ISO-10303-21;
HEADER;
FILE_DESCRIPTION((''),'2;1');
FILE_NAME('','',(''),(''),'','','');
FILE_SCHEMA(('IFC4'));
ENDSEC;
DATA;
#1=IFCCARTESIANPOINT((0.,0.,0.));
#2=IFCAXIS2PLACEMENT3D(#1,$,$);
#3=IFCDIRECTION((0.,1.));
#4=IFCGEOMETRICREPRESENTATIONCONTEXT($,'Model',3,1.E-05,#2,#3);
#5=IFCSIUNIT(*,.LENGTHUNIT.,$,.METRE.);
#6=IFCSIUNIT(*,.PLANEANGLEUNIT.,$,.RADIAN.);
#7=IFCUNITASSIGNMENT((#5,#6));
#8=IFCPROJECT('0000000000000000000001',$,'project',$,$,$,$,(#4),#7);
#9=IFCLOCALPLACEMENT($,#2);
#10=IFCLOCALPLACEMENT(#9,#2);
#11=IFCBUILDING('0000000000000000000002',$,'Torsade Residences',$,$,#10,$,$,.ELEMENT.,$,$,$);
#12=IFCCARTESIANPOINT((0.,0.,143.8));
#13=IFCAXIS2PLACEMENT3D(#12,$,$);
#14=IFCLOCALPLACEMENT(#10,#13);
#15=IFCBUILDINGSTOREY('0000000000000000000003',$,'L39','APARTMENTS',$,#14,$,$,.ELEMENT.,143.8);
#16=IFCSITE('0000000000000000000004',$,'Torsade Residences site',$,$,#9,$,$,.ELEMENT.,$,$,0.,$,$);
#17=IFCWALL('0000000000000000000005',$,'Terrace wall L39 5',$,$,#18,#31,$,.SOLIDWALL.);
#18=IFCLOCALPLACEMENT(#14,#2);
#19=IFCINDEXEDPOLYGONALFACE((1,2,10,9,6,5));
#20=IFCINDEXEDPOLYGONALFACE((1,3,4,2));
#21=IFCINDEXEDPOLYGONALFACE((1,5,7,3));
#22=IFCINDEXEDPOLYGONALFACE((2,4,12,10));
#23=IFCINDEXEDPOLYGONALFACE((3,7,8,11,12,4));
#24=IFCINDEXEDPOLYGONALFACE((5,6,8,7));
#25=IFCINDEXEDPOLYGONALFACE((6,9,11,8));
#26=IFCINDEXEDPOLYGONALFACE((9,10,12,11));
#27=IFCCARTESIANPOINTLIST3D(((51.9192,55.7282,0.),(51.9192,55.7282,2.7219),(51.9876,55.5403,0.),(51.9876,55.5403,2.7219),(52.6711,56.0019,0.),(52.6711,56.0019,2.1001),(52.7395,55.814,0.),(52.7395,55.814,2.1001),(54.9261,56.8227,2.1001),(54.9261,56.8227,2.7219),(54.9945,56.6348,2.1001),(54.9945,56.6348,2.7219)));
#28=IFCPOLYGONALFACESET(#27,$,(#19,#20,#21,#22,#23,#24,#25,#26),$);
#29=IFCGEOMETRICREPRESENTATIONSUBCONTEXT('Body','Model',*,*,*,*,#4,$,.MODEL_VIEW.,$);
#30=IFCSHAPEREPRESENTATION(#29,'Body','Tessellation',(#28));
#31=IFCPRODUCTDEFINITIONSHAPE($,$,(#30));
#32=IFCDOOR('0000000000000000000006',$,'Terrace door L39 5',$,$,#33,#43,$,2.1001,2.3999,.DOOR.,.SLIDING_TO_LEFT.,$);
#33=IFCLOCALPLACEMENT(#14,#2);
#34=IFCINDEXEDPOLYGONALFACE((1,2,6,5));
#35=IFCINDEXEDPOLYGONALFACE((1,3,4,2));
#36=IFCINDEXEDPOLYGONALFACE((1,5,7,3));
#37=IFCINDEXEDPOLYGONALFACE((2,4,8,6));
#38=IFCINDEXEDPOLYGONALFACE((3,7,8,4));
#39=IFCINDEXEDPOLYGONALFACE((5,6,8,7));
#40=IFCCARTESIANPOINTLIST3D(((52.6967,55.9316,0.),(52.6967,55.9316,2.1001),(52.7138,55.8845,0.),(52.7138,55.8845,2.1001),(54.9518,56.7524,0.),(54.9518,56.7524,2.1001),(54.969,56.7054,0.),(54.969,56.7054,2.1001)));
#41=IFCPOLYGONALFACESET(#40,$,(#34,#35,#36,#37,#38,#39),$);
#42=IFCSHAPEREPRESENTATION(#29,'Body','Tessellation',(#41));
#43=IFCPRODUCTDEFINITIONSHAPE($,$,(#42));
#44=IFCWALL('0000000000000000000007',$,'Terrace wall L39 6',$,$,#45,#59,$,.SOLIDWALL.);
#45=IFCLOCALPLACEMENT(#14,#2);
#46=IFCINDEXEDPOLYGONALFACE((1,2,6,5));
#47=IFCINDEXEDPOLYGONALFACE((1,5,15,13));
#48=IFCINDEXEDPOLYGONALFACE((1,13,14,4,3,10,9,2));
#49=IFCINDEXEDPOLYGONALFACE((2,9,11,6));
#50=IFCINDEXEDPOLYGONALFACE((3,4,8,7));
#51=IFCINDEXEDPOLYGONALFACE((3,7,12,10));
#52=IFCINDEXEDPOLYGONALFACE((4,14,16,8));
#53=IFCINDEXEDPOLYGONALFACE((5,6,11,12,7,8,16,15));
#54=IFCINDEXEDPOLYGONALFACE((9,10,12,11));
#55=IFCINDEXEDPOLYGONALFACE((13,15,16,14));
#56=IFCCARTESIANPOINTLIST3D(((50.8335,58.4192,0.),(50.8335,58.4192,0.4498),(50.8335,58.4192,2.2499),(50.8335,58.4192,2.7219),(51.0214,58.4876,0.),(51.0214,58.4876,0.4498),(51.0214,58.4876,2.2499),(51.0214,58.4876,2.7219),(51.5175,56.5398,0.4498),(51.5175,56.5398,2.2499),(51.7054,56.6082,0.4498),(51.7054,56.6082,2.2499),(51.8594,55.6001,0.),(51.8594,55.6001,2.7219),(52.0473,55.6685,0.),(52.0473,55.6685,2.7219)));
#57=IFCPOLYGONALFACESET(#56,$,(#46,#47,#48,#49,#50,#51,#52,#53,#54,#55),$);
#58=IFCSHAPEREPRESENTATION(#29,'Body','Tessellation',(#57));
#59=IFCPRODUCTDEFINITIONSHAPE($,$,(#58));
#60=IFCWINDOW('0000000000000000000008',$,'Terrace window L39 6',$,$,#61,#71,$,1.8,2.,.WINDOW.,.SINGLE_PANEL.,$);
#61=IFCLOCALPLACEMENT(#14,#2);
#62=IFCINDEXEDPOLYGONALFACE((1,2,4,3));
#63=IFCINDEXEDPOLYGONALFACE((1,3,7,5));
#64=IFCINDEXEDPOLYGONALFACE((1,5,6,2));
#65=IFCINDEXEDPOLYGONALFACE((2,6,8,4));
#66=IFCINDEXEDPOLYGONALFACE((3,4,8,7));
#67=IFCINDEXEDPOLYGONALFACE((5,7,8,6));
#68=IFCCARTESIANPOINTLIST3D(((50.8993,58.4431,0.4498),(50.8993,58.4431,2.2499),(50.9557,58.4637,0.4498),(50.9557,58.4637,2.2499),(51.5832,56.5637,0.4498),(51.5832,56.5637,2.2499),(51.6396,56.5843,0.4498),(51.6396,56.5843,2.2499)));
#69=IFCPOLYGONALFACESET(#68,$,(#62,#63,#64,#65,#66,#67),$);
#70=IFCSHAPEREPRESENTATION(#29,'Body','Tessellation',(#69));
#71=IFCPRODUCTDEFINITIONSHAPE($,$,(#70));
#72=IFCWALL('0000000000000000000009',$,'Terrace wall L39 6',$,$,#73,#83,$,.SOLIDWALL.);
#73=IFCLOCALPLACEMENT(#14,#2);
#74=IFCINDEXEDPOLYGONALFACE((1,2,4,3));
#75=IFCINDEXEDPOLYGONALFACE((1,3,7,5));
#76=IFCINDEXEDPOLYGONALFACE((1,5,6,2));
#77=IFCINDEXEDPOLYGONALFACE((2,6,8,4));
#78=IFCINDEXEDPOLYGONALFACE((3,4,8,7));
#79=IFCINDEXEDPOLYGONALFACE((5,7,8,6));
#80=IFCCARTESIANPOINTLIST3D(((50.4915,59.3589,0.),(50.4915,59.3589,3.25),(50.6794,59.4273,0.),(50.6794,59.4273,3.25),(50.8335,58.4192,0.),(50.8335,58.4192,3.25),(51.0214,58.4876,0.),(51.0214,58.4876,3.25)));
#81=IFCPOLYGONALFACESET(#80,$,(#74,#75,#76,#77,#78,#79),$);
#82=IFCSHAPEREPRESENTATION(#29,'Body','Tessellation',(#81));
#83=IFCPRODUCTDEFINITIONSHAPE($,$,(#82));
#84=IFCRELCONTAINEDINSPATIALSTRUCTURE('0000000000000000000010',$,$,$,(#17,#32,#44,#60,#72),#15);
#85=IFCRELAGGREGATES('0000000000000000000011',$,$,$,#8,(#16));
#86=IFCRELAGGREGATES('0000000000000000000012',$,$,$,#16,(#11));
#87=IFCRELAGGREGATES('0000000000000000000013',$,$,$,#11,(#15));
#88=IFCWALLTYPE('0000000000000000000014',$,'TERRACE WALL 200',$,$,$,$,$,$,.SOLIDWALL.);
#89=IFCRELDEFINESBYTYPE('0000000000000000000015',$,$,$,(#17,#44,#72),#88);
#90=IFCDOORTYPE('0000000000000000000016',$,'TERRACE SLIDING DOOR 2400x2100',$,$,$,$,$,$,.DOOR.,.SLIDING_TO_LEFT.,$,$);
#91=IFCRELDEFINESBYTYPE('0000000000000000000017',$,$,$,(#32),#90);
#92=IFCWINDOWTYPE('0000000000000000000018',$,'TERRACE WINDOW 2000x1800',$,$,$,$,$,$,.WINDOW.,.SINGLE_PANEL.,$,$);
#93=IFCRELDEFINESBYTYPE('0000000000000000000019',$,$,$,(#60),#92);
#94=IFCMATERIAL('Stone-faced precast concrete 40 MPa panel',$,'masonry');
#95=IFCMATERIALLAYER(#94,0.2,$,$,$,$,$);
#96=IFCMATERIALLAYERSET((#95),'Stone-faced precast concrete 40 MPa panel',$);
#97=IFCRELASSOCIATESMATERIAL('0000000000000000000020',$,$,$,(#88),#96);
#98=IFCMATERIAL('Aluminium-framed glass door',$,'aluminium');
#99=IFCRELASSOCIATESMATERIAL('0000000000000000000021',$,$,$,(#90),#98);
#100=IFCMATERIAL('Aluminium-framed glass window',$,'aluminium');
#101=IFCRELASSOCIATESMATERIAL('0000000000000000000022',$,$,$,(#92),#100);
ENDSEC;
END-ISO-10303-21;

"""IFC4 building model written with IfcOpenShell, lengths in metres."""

from ifc_helpers import new_model, si_unit, direction, frame, frame_2d, origin, place, context, subcontext, project, spatial, rectangle, extrude, material, layer, layer_set, type_object, element, fill, save


model = new_model("IFC4")

# Units and contexts
model_context = context("Model", 3, precision=1e-05, world=origin(), true_north=direction((0.0, 1.0)))
body_context = subcontext(model_context, "Body", "Model", "MODEL_VIEW")
ifc_project = project(units=[si_unit("LENGTHUNIT", "METRE"), si_unit("PLANEANGLEUNIT", "RADIAN")], contexts=[model_context])

# Site, building, storey
site_placement = place(None, origin())
site = spatial("IfcSite", under=ifc_project, at=site_placement, Name="Torsade Residences site", CompositionType="ELEMENT", RefElevation=0.0)
building_placement = place(site_placement, origin())
building = spatial("IfcBuilding", under=site, at=building_placement, Name="Torsade Residences", CompositionType="ELEMENT")
storey_placement = place(building_placement, frame((0.0, 0.0, 143.8)))
storey = spatial("IfcBuildingStorey", under=building, at=storey_placement, Name="L39", Description="APARTMENTS", CompositionType="ELEMENT", Elevation=143.8)

# Shared definitions
ifc_material_1 = material(Name="Stone-faced precast concrete 40 MPa panel", Category="masonry")
ifc_layer_1 = layer(ifc_material_1, 0.2)
ifc_layer_set_1 = layer_set([ifc_layer_1], Name="Stone-faced precast concrete 40 MPa panel")
wall_type_1 = type_object("IfcWallType", Name="TERRACE WALL 200", PredefinedType="SOLIDWALL", material=ifc_layer_set_1)

# Wall, opening, door
wall_1_placement = place(storey_placement, frame((54.9604, 56.7288, 0.0), z_axis=(0.0, 0.0, 1.0), x_axis=(-0.939693, -0.342019, 0.0)))
wall_1 = element("IfcWall", 1, at=wall_1_placement, inside=storey, type_object=wall_type_1, Name="Terrace wall L39 5", PredefinedType="SOLIDWALL", context=body_context, shape_type="SweptSolid", body=[
    extrude(rectangle(XDim=3.2, YDim=0.2, at=frame_2d((1.6001, 0.0))), origin(), (0.0, 0.0, 1.0), 2.7219),
])
opening_1_placement = place(wall_1_placement, origin())
opening_1 = element("IfcOpeningElement", 2, at=opening_1_placement, cuts=wall_1, PredefinedType="OPENING", context=body_context, shape_type="SweptSolid", body=[
    extrude(rectangle(XDim=2.3999, YDim=2.1001, at=frame_2d((1.2, 1.05))), frame((0.0, 0.1099, 0.0), z_axis=(0.0, -1.0, 0.0), x_axis=(1.0, 0.0, 0.0)), (0.0, 0.0, 1.0), 0.22),
])
ifc_material_2 = material(Name="Aluminium-framed glass door", Category="aluminium")
door_type_1 = type_object("IfcDoorType", Name="TERRACE SLIDING DOOR 2400x2100", OperationType="SLIDING_TO_LEFT", PredefinedType="DOOR", material=ifc_material_2)
door_1_placement = place(opening_1_placement, origin())
door_1 = element("IfcDoor", 3, at=door_1_placement, inside=storey, type_object=door_type_1, Name="Terrace door L39 5", OperationType="SLIDING_TO_LEFT", OverallHeight=2.1001, OverallWidth=2.3999, PredefinedType="DOOR", context=body_context, shape_type="SweptSolid", body=[
    extrude(rectangle(XDim=2.3999, YDim=2.1001, at=frame_2d((1.2, 1.05))), frame((0.0, 0.0249, 0.0), z_axis=(0.0, -1.0, 0.0), x_axis=(1.0, 0.0, 0.0)), (0.0, 0.0, 1.0), 0.05),
])
fill(opening_1, door_1)

# Wall, opening, window
wall_2_placement = place(storey_placement, frame((51.9534, 55.6343, 0.0), z_axis=(0.0, 0.0, 1.0), x_axis=(-0.341965, 0.939713, 0.0)))
wall_2 = element("IfcWall", 4, at=wall_2_placement, inside=storey, type_object=wall_type_1, Name="Terrace wall L39 6", PredefinedType="SOLIDWALL", context=body_context, shape_type="SweptSolid", body=[
    extrude(rectangle(XDim=3.0, YDim=0.2, at=frame_2d((1.5, 0.0))), origin(), (0.0, 0.0, 1.0), 2.7219),
])
opening_2_placement = place(wall_2_placement, frame((1.0, 0.0, 0.45)))
opening_2 = element("IfcOpeningElement", 5, at=opening_2_placement, cuts=wall_2, PredefinedType="OPENING", context=body_context, shape_type="SweptSolid", body=[
    extrude(rectangle(XDim=2.0, YDim=1.8, at=frame_2d((1.0, 0.8999))), frame((0.0, 0.1099, 0.0), z_axis=(0.0, -1.0, 0.0), x_axis=(1.0, 0.0, 0.0)), (0.0, 0.0, 1.0), 0.22),
])
ifc_material_3 = material(Name="Aluminium-framed glass window", Category="aluminium")
window_type = type_object("IfcWindowType", Name="TERRACE WINDOW 2000x1800", PartitioningType="SINGLE_PANEL", PredefinedType="WINDOW", material=ifc_material_3)
window_placement = place(opening_2_placement, origin())
window = element("IfcWindow", 6, at=window_placement, inside=storey, type_object=window_type, Name="Terrace window L39 6", OverallHeight=1.8, OverallWidth=2.0, PartitioningType="SINGLE_PANEL", PredefinedType="WINDOW", context=body_context, shape_type="SweptSolid", body=[
    extrude(rectangle(XDim=2.0, YDim=1.8, at=frame_2d((1.0, 0.8999))), frame((0.0, 0.03, 0.0), z_axis=(0.0, -1.0, 0.0), x_axis=(1.0, 0.0, 0.0)), (0.0, 0.0, 1.0), 0.0601),
])
fill(opening_2, window)

# Wall
wall_3_placement = place(storey_placement, frame((50.9275, 58.4534, 0.0), z_axis=(0.0, 0.0, 1.0), x_axis=(-0.342037, 0.939686, 0.0)))
element("IfcWall", 7, at=wall_3_placement, inside=storey, type_object=wall_type_1, Name="Terrace wall L39 6", PredefinedType="SOLIDWALL", context=body_context, shape_type="SweptSolid", body=[
    extrude(rectangle(XDim=1.0, YDim=0.2, at=frame_2d((0.5, 0.0))), origin(), (0.0, 0.0, 1.0), 3.25),
])

save(model, "model.ifc")
